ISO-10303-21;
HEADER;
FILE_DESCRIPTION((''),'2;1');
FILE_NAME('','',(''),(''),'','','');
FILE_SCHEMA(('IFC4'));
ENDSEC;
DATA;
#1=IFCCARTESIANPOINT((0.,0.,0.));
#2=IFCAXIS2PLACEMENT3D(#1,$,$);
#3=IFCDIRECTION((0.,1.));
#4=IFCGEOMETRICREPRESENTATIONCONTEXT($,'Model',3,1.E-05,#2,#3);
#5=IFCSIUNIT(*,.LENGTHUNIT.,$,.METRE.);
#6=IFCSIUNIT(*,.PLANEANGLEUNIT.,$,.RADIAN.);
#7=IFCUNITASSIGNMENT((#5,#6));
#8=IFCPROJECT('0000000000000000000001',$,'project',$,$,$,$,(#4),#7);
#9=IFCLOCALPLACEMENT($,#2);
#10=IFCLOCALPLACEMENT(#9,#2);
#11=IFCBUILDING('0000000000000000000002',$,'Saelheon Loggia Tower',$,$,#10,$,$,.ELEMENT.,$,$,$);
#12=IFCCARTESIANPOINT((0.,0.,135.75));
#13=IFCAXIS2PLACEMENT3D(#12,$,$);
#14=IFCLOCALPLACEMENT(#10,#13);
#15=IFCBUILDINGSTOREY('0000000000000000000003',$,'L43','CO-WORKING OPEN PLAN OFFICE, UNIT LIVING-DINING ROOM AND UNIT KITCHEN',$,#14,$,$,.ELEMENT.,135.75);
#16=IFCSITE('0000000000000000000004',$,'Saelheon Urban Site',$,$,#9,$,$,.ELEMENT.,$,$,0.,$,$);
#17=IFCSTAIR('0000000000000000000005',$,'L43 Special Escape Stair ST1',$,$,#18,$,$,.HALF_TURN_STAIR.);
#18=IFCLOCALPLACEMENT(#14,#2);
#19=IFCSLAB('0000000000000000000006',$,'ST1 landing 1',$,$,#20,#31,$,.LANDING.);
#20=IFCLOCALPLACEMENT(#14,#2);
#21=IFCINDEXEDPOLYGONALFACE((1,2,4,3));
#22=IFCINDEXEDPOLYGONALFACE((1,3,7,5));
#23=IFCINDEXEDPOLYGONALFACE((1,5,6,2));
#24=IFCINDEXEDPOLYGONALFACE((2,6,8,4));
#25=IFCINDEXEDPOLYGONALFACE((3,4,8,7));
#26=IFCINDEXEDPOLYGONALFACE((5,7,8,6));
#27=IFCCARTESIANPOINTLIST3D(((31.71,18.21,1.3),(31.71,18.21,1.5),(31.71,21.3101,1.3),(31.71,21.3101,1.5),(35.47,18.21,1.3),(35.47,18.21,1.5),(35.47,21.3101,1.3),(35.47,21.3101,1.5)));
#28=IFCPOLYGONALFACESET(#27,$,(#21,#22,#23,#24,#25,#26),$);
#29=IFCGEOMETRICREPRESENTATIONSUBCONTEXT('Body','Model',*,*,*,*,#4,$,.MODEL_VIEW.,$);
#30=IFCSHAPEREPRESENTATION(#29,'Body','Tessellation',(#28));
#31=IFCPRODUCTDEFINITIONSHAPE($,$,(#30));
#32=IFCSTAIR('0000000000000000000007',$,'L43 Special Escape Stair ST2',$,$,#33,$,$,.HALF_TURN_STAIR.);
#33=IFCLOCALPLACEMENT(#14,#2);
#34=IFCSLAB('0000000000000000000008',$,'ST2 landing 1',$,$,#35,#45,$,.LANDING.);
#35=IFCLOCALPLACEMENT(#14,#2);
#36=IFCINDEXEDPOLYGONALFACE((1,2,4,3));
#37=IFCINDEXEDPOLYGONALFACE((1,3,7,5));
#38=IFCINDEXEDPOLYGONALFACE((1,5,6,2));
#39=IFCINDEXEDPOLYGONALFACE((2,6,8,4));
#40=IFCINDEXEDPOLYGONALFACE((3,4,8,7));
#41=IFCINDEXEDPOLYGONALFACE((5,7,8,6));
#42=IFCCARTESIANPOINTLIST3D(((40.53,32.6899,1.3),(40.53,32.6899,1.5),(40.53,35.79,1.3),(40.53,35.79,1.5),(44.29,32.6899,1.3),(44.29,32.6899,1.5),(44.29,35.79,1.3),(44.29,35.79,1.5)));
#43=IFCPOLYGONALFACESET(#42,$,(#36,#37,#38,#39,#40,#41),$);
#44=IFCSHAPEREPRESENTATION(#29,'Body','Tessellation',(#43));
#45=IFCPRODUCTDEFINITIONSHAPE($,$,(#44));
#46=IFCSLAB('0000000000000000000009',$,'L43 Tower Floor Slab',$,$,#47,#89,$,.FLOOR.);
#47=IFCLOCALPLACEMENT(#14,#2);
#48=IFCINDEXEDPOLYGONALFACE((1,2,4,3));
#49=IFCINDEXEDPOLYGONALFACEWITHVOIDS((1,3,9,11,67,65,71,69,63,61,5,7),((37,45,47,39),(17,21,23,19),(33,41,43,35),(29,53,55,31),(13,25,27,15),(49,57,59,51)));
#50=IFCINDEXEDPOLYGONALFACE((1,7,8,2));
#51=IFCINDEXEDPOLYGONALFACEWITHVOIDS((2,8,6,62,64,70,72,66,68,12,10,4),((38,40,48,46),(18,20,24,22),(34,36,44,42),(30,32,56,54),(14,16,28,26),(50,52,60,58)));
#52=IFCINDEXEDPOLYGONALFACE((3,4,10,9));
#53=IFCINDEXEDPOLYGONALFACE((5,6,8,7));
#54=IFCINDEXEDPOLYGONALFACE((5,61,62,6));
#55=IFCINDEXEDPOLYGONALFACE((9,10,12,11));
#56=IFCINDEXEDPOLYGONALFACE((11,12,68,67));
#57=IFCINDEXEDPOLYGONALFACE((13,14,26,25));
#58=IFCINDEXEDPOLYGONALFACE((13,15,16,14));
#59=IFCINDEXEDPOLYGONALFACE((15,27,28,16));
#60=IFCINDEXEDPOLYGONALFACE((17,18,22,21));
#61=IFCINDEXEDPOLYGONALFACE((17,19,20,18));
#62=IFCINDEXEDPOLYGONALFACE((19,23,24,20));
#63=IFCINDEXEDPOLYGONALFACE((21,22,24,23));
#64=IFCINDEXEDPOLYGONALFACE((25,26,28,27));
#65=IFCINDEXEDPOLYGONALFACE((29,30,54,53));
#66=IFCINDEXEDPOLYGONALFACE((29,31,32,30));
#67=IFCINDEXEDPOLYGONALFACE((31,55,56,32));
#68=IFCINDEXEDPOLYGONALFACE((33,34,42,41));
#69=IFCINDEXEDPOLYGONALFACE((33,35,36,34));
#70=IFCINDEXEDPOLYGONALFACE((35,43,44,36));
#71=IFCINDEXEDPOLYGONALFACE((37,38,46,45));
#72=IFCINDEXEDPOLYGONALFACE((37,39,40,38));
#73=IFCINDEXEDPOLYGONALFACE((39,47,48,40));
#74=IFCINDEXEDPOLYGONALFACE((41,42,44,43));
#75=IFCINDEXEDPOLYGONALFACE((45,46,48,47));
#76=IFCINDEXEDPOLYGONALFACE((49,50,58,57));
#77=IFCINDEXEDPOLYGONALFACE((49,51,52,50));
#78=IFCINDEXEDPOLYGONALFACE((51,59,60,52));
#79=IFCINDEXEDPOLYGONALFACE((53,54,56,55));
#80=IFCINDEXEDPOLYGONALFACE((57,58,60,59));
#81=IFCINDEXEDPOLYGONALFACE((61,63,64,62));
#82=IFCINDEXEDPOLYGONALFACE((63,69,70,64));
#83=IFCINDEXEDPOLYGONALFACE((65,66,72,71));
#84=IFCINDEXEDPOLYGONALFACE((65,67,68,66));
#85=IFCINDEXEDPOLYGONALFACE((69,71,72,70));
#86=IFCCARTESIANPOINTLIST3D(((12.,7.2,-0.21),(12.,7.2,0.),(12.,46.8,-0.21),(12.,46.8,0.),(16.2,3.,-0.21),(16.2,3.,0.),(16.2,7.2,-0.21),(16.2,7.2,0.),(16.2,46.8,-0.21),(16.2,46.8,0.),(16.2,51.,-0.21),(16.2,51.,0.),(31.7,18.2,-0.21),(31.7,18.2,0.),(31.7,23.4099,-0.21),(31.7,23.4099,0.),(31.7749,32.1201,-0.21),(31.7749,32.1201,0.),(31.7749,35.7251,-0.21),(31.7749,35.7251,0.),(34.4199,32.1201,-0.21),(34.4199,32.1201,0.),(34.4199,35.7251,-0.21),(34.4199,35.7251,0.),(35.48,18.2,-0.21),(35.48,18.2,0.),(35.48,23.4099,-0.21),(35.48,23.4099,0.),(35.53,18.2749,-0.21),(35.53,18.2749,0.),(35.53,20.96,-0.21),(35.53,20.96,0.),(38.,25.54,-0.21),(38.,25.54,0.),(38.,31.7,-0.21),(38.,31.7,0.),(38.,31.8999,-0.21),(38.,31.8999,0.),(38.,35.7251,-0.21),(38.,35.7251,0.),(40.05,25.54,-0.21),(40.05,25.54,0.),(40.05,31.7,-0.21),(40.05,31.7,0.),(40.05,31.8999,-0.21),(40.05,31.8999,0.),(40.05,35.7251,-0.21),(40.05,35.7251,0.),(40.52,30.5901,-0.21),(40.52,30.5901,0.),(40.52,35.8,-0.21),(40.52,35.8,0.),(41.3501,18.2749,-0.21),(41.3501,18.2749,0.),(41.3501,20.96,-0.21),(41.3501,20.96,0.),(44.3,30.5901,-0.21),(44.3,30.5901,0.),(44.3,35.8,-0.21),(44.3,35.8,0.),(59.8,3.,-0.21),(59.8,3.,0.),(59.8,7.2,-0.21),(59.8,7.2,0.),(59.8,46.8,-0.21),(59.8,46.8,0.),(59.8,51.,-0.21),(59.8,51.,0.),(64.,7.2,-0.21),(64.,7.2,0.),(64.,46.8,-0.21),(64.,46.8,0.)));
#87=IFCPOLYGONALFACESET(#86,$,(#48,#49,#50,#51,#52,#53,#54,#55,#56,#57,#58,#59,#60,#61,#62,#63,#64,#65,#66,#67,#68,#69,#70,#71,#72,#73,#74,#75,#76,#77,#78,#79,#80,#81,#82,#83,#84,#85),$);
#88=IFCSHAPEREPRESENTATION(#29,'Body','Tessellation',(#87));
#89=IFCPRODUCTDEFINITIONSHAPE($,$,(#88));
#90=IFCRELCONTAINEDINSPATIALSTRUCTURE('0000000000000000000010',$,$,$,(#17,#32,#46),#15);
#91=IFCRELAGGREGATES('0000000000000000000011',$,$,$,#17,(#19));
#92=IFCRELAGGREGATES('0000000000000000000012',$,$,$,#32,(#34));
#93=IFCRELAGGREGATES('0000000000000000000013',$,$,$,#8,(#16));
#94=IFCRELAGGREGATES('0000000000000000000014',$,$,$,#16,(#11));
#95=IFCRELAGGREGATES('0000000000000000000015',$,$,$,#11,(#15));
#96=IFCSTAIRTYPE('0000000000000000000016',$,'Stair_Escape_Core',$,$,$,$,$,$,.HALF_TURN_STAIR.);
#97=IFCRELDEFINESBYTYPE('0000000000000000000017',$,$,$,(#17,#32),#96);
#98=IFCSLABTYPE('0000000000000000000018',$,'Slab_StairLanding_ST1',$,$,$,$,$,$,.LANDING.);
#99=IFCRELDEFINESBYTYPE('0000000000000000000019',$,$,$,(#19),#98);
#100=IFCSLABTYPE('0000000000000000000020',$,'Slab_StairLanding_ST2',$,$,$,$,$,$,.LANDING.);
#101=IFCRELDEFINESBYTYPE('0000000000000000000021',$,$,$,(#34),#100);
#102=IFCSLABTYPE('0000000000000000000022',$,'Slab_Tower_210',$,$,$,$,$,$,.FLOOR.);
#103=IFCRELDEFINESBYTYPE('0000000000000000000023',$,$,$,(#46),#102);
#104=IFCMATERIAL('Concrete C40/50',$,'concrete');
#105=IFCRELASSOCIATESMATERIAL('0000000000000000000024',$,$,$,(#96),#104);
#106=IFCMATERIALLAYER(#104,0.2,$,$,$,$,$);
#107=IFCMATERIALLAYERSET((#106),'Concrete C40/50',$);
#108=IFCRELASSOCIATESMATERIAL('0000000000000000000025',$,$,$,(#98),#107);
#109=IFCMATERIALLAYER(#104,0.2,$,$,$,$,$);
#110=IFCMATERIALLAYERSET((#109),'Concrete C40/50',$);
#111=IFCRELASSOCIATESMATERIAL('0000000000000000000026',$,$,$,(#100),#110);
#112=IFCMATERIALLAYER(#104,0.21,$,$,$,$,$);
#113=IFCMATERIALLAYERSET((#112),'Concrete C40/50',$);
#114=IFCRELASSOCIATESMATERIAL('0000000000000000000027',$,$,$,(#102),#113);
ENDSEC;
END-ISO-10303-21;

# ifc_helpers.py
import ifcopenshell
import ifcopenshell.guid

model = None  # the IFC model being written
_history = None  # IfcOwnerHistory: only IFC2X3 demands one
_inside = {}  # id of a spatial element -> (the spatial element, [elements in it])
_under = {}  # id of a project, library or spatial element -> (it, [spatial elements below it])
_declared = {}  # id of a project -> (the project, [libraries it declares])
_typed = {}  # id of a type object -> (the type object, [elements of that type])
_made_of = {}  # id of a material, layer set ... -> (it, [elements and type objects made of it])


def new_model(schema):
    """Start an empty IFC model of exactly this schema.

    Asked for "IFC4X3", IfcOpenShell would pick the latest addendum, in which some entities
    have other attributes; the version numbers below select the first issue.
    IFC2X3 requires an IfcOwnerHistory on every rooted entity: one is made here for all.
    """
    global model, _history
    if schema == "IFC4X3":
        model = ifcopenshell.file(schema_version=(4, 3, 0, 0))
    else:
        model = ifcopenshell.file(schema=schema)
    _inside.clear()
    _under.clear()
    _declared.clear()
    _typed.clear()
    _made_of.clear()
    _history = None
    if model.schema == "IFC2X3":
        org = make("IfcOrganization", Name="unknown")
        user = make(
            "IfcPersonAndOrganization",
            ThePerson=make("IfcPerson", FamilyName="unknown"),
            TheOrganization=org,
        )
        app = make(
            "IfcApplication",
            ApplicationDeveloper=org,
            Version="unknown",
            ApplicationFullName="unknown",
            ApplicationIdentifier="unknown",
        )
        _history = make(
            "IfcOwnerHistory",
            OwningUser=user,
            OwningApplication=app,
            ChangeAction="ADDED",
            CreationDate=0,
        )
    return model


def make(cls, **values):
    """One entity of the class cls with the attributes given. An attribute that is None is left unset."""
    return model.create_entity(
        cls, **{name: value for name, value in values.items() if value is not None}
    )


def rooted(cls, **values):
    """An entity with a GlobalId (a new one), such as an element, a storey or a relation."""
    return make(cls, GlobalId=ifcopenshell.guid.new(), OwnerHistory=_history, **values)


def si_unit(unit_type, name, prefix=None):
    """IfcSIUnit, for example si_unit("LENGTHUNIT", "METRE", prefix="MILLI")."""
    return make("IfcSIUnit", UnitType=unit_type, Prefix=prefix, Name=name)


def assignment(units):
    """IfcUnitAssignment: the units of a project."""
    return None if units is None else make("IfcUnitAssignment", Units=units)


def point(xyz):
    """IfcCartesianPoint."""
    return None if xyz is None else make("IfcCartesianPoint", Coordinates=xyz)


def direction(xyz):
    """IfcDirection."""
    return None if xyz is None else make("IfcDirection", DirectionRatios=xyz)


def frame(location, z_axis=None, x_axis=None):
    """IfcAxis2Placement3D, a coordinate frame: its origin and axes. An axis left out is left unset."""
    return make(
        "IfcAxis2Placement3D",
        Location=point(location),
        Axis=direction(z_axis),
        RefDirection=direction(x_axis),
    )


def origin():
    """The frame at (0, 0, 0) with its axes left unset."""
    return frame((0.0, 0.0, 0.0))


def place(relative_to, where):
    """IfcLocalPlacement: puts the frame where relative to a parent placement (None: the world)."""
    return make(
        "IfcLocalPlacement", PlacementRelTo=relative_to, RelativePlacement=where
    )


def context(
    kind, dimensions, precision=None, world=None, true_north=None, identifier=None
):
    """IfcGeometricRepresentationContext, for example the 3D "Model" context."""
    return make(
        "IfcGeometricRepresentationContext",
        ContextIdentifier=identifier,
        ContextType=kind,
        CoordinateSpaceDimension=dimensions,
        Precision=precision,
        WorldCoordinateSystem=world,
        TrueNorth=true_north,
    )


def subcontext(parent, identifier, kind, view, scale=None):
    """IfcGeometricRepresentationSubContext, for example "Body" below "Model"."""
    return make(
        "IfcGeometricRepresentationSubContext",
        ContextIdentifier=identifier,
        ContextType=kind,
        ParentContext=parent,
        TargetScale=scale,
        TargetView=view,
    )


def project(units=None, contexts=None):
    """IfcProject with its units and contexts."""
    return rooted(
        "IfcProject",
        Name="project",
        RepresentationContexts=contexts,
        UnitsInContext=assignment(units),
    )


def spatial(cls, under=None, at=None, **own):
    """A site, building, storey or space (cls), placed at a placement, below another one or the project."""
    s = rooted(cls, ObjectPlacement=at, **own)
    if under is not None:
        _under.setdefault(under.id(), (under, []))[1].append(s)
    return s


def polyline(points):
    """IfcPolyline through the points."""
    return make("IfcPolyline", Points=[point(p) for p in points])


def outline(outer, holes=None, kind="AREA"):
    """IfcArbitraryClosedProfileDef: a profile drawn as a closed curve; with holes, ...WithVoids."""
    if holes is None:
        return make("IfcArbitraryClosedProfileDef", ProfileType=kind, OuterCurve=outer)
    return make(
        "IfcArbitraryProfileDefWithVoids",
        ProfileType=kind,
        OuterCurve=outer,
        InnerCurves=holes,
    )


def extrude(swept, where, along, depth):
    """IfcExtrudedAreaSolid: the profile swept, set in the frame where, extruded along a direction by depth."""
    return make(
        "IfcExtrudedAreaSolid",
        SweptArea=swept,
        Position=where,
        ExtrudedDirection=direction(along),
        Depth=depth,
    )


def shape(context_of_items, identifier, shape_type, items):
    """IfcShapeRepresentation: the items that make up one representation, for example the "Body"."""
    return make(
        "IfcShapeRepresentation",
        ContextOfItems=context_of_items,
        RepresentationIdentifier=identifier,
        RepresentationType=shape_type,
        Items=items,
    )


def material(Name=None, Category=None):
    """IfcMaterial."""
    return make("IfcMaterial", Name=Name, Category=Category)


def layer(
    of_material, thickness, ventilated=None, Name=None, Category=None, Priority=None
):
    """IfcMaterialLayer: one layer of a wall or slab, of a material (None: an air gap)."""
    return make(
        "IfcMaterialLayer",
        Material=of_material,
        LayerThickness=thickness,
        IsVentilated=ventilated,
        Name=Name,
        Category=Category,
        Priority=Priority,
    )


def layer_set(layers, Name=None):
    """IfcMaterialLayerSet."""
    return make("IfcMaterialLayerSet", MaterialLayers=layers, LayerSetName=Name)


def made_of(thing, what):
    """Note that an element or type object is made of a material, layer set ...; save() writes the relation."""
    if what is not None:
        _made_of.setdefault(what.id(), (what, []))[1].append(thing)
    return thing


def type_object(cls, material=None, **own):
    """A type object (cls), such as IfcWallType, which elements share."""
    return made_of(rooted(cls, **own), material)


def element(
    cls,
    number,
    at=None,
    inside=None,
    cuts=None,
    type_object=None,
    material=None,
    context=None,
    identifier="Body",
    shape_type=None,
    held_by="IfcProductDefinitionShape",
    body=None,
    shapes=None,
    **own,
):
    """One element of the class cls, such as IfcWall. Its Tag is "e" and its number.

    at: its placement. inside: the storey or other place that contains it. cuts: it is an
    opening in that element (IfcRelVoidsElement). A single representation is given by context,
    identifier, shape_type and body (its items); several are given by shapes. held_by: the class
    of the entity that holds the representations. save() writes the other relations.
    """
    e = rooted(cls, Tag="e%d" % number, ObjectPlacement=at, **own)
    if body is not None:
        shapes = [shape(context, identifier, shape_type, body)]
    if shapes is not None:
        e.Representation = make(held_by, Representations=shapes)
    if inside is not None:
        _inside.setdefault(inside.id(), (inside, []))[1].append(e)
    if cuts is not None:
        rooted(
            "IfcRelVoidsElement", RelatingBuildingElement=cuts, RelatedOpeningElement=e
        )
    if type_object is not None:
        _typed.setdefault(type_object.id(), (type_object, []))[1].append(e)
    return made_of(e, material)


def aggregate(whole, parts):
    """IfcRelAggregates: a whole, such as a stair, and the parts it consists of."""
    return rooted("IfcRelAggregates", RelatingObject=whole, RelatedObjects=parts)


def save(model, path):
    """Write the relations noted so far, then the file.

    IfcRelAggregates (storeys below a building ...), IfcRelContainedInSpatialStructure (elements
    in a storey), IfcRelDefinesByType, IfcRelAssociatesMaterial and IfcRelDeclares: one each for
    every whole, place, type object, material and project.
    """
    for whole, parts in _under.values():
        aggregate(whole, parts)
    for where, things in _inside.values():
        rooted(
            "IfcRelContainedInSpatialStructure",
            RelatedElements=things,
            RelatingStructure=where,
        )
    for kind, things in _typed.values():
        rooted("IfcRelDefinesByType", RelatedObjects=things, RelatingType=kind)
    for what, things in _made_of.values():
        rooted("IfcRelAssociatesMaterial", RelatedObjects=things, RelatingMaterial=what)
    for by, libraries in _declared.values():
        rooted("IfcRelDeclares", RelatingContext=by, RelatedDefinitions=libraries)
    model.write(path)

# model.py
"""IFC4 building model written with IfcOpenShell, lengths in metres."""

from ifc_helpers import new_model, si_unit, direction, frame, origin, place, context, subcontext, project, spatial, polyline, outline, extrude, material, layer, layer_set, type_object, element, aggregate, save


model = new_model("IFC4")

# Units and contexts
model_context = context("Model", 3, precision=1e-05, world=origin(), true_north=direction((0.0, 1.0)))
body_context = subcontext(model_context, "Body", "Model", "MODEL_VIEW")
ifc_project = project(units=[si_unit("LENGTHUNIT", "METRE"), si_unit("PLANEANGLEUNIT", "RADIAN")], contexts=[model_context])

# Site, building, storey
site_placement = place(None, origin())
site = spatial("IfcSite", under=ifc_project, at=site_placement, Name="Saelheon Urban Site", CompositionType="ELEMENT", RefElevation=0.0)
building_placement = place(site_placement, origin())
building = spatial("IfcBuilding", under=site, at=building_placement, Name="Saelheon Loggia Tower", CompositionType="ELEMENT")
storey_placement = place(building_placement, frame((0.0, 0.0, 135.75)))
storey = spatial("IfcBuildingStorey", under=building, at=storey_placement, Name="L43", Description="CO-WORKING OPEN PLAN OFFICE, UNIT LIVING-DINING ROOM AND UNIT KITCHEN", CompositionType="ELEMENT", Elevation=135.75)

# Shared definitions
ifc_material_1 = material(Name="Concrete C40/50", Category="concrete")

# Stairs, slabs
stair_type = type_object("IfcStairType", Name="Stair_Escape_Core", PredefinedType="HALF_TURN_STAIR", material=ifc_material_1)
stair_1_placement = place(storey_placement, origin())
stair_1 = element("IfcStair", 1, at=stair_1_placement, inside=storey, type_object=stair_type, Name="L43 Special Escape Stair ST1", PredefinedType="HALF_TURN_STAIR")
ifc_layer_1 = layer(ifc_material_1, 0.2)
ifc_layer_set_1 = layer_set([ifc_layer_1], Name="Concrete C40/50")
slab_type_1 = type_object("IfcSlabType", Name="Slab_StairLanding_ST1", PredefinedType="LANDING", material=ifc_layer_set_1)
slab_1_placement = place(storey_placement, frame((0.0, 0.0, 1.3)))
slab_1 = element("IfcSlab", 2, at=slab_1_placement, type_object=slab_type_1, Name="ST1 landing 1", PredefinedType="LANDING", context=body_context, shape_type="SweptSolid", body=[
    extrude(outline(polyline([(31.71, 21.3101), (31.71, 18.21), (35.47, 18.21), (35.47, 21.3101), (31.71, 21.3101)])), origin(), (0.0, 0.0, 1.0), 0.2),
])
aggregate(stair_1, [slab_1])
stair_2_placement = place(storey_placement, origin())
stair_2 = element("IfcStair", 3, at=stair_2_placement, inside=storey, type_object=stair_type, Name="L43 Special Escape Stair ST2", PredefinedType="HALF_TURN_STAIR")
ifc_layer_2 = layer(ifc_material_1, 0.2)
ifc_layer_set_2 = layer_set([ifc_layer_2], Name="Concrete C40/50")
slab_type_2 = type_object("IfcSlabType", Name="Slab_StairLanding_ST2", PredefinedType="LANDING", material=ifc_layer_set_2)
slab_2_placement = place(storey_placement, frame((0.0, 0.0, 1.3)))
slab_2 = element("IfcSlab", 4, at=slab_2_placement, type_object=slab_type_2, Name="ST2 landing 1", PredefinedType="LANDING", context=body_context, shape_type="SweptSolid", body=[
    extrude(outline(polyline([(44.29, 32.6899), (44.29, 35.79), (40.53, 35.79), (40.53, 32.6899), (44.29, 32.6899)])), origin(), (0.0, 0.0, 1.0), 0.2),
])
aggregate(stair_2, [slab_2])

# Slab
ifc_layer_3 = layer(ifc_material_1, 0.21)
ifc_layer_set_3 = layer_set([ifc_layer_3], Name="Concrete C40/50")
slab_type_3 = type_object("IfcSlabType", Name="Slab_Tower_210", PredefinedType="FLOOR", material=ifc_layer_set_3)
slab_3_placement = place(storey_placement, frame((0.0, 0.0, -0.21)))
element("IfcSlab", 5, at=slab_3_placement, inside=storey, type_object=slab_type_3, Name="L43 Tower Floor Slab", PredefinedType="FLOOR", context=body_context, shape_type="SweptSolid", body=[
    extrude(outline(polyline([(16.2, 3.0), (59.8, 3.0), (59.8, 7.2), (64.0, 7.2), (64.0, 46.8), (59.8, 46.8), (59.8, 51.0), (16.2, 51.0), (16.2, 46.8), (12.0, 46.8), (12.0, 7.2), (16.2, 7.2), (16.2, 3.0)]), holes=[polyline([(31.7, 23.4099), (31.7, 18.2), (35.48, 18.2), (35.48, 23.4099), (31.7, 23.4099)]), polyline([(44.3, 30.5901), (44.3, 35.8), (40.52, 35.8), (40.52, 30.5901), (44.3, 30.5901)]), polyline([(35.53, 18.2749), (41.3501, 18.2749), (41.3501, 20.96), (35.53, 20.96), (35.53, 18.2749)]), polyline([(31.7749, 32.1201), (34.4199, 32.1201), (34.4199, 35.7251), (31.7749, 35.7251), (31.7749, 32.1201)]), polyline([(38.0, 31.8999), (40.05, 31.8999), (40.05, 35.7251), (38.0, 35.7251), (38.0, 31.8999)]), polyline([(38.0, 25.54), (40.05, 25.54), (40.05, 31.7), (38.0, 31.7), (38.0, 25.54)])]), origin(), (0.0, 0.0, 1.0), 0.21),
])

save(model, "model.ifc")
